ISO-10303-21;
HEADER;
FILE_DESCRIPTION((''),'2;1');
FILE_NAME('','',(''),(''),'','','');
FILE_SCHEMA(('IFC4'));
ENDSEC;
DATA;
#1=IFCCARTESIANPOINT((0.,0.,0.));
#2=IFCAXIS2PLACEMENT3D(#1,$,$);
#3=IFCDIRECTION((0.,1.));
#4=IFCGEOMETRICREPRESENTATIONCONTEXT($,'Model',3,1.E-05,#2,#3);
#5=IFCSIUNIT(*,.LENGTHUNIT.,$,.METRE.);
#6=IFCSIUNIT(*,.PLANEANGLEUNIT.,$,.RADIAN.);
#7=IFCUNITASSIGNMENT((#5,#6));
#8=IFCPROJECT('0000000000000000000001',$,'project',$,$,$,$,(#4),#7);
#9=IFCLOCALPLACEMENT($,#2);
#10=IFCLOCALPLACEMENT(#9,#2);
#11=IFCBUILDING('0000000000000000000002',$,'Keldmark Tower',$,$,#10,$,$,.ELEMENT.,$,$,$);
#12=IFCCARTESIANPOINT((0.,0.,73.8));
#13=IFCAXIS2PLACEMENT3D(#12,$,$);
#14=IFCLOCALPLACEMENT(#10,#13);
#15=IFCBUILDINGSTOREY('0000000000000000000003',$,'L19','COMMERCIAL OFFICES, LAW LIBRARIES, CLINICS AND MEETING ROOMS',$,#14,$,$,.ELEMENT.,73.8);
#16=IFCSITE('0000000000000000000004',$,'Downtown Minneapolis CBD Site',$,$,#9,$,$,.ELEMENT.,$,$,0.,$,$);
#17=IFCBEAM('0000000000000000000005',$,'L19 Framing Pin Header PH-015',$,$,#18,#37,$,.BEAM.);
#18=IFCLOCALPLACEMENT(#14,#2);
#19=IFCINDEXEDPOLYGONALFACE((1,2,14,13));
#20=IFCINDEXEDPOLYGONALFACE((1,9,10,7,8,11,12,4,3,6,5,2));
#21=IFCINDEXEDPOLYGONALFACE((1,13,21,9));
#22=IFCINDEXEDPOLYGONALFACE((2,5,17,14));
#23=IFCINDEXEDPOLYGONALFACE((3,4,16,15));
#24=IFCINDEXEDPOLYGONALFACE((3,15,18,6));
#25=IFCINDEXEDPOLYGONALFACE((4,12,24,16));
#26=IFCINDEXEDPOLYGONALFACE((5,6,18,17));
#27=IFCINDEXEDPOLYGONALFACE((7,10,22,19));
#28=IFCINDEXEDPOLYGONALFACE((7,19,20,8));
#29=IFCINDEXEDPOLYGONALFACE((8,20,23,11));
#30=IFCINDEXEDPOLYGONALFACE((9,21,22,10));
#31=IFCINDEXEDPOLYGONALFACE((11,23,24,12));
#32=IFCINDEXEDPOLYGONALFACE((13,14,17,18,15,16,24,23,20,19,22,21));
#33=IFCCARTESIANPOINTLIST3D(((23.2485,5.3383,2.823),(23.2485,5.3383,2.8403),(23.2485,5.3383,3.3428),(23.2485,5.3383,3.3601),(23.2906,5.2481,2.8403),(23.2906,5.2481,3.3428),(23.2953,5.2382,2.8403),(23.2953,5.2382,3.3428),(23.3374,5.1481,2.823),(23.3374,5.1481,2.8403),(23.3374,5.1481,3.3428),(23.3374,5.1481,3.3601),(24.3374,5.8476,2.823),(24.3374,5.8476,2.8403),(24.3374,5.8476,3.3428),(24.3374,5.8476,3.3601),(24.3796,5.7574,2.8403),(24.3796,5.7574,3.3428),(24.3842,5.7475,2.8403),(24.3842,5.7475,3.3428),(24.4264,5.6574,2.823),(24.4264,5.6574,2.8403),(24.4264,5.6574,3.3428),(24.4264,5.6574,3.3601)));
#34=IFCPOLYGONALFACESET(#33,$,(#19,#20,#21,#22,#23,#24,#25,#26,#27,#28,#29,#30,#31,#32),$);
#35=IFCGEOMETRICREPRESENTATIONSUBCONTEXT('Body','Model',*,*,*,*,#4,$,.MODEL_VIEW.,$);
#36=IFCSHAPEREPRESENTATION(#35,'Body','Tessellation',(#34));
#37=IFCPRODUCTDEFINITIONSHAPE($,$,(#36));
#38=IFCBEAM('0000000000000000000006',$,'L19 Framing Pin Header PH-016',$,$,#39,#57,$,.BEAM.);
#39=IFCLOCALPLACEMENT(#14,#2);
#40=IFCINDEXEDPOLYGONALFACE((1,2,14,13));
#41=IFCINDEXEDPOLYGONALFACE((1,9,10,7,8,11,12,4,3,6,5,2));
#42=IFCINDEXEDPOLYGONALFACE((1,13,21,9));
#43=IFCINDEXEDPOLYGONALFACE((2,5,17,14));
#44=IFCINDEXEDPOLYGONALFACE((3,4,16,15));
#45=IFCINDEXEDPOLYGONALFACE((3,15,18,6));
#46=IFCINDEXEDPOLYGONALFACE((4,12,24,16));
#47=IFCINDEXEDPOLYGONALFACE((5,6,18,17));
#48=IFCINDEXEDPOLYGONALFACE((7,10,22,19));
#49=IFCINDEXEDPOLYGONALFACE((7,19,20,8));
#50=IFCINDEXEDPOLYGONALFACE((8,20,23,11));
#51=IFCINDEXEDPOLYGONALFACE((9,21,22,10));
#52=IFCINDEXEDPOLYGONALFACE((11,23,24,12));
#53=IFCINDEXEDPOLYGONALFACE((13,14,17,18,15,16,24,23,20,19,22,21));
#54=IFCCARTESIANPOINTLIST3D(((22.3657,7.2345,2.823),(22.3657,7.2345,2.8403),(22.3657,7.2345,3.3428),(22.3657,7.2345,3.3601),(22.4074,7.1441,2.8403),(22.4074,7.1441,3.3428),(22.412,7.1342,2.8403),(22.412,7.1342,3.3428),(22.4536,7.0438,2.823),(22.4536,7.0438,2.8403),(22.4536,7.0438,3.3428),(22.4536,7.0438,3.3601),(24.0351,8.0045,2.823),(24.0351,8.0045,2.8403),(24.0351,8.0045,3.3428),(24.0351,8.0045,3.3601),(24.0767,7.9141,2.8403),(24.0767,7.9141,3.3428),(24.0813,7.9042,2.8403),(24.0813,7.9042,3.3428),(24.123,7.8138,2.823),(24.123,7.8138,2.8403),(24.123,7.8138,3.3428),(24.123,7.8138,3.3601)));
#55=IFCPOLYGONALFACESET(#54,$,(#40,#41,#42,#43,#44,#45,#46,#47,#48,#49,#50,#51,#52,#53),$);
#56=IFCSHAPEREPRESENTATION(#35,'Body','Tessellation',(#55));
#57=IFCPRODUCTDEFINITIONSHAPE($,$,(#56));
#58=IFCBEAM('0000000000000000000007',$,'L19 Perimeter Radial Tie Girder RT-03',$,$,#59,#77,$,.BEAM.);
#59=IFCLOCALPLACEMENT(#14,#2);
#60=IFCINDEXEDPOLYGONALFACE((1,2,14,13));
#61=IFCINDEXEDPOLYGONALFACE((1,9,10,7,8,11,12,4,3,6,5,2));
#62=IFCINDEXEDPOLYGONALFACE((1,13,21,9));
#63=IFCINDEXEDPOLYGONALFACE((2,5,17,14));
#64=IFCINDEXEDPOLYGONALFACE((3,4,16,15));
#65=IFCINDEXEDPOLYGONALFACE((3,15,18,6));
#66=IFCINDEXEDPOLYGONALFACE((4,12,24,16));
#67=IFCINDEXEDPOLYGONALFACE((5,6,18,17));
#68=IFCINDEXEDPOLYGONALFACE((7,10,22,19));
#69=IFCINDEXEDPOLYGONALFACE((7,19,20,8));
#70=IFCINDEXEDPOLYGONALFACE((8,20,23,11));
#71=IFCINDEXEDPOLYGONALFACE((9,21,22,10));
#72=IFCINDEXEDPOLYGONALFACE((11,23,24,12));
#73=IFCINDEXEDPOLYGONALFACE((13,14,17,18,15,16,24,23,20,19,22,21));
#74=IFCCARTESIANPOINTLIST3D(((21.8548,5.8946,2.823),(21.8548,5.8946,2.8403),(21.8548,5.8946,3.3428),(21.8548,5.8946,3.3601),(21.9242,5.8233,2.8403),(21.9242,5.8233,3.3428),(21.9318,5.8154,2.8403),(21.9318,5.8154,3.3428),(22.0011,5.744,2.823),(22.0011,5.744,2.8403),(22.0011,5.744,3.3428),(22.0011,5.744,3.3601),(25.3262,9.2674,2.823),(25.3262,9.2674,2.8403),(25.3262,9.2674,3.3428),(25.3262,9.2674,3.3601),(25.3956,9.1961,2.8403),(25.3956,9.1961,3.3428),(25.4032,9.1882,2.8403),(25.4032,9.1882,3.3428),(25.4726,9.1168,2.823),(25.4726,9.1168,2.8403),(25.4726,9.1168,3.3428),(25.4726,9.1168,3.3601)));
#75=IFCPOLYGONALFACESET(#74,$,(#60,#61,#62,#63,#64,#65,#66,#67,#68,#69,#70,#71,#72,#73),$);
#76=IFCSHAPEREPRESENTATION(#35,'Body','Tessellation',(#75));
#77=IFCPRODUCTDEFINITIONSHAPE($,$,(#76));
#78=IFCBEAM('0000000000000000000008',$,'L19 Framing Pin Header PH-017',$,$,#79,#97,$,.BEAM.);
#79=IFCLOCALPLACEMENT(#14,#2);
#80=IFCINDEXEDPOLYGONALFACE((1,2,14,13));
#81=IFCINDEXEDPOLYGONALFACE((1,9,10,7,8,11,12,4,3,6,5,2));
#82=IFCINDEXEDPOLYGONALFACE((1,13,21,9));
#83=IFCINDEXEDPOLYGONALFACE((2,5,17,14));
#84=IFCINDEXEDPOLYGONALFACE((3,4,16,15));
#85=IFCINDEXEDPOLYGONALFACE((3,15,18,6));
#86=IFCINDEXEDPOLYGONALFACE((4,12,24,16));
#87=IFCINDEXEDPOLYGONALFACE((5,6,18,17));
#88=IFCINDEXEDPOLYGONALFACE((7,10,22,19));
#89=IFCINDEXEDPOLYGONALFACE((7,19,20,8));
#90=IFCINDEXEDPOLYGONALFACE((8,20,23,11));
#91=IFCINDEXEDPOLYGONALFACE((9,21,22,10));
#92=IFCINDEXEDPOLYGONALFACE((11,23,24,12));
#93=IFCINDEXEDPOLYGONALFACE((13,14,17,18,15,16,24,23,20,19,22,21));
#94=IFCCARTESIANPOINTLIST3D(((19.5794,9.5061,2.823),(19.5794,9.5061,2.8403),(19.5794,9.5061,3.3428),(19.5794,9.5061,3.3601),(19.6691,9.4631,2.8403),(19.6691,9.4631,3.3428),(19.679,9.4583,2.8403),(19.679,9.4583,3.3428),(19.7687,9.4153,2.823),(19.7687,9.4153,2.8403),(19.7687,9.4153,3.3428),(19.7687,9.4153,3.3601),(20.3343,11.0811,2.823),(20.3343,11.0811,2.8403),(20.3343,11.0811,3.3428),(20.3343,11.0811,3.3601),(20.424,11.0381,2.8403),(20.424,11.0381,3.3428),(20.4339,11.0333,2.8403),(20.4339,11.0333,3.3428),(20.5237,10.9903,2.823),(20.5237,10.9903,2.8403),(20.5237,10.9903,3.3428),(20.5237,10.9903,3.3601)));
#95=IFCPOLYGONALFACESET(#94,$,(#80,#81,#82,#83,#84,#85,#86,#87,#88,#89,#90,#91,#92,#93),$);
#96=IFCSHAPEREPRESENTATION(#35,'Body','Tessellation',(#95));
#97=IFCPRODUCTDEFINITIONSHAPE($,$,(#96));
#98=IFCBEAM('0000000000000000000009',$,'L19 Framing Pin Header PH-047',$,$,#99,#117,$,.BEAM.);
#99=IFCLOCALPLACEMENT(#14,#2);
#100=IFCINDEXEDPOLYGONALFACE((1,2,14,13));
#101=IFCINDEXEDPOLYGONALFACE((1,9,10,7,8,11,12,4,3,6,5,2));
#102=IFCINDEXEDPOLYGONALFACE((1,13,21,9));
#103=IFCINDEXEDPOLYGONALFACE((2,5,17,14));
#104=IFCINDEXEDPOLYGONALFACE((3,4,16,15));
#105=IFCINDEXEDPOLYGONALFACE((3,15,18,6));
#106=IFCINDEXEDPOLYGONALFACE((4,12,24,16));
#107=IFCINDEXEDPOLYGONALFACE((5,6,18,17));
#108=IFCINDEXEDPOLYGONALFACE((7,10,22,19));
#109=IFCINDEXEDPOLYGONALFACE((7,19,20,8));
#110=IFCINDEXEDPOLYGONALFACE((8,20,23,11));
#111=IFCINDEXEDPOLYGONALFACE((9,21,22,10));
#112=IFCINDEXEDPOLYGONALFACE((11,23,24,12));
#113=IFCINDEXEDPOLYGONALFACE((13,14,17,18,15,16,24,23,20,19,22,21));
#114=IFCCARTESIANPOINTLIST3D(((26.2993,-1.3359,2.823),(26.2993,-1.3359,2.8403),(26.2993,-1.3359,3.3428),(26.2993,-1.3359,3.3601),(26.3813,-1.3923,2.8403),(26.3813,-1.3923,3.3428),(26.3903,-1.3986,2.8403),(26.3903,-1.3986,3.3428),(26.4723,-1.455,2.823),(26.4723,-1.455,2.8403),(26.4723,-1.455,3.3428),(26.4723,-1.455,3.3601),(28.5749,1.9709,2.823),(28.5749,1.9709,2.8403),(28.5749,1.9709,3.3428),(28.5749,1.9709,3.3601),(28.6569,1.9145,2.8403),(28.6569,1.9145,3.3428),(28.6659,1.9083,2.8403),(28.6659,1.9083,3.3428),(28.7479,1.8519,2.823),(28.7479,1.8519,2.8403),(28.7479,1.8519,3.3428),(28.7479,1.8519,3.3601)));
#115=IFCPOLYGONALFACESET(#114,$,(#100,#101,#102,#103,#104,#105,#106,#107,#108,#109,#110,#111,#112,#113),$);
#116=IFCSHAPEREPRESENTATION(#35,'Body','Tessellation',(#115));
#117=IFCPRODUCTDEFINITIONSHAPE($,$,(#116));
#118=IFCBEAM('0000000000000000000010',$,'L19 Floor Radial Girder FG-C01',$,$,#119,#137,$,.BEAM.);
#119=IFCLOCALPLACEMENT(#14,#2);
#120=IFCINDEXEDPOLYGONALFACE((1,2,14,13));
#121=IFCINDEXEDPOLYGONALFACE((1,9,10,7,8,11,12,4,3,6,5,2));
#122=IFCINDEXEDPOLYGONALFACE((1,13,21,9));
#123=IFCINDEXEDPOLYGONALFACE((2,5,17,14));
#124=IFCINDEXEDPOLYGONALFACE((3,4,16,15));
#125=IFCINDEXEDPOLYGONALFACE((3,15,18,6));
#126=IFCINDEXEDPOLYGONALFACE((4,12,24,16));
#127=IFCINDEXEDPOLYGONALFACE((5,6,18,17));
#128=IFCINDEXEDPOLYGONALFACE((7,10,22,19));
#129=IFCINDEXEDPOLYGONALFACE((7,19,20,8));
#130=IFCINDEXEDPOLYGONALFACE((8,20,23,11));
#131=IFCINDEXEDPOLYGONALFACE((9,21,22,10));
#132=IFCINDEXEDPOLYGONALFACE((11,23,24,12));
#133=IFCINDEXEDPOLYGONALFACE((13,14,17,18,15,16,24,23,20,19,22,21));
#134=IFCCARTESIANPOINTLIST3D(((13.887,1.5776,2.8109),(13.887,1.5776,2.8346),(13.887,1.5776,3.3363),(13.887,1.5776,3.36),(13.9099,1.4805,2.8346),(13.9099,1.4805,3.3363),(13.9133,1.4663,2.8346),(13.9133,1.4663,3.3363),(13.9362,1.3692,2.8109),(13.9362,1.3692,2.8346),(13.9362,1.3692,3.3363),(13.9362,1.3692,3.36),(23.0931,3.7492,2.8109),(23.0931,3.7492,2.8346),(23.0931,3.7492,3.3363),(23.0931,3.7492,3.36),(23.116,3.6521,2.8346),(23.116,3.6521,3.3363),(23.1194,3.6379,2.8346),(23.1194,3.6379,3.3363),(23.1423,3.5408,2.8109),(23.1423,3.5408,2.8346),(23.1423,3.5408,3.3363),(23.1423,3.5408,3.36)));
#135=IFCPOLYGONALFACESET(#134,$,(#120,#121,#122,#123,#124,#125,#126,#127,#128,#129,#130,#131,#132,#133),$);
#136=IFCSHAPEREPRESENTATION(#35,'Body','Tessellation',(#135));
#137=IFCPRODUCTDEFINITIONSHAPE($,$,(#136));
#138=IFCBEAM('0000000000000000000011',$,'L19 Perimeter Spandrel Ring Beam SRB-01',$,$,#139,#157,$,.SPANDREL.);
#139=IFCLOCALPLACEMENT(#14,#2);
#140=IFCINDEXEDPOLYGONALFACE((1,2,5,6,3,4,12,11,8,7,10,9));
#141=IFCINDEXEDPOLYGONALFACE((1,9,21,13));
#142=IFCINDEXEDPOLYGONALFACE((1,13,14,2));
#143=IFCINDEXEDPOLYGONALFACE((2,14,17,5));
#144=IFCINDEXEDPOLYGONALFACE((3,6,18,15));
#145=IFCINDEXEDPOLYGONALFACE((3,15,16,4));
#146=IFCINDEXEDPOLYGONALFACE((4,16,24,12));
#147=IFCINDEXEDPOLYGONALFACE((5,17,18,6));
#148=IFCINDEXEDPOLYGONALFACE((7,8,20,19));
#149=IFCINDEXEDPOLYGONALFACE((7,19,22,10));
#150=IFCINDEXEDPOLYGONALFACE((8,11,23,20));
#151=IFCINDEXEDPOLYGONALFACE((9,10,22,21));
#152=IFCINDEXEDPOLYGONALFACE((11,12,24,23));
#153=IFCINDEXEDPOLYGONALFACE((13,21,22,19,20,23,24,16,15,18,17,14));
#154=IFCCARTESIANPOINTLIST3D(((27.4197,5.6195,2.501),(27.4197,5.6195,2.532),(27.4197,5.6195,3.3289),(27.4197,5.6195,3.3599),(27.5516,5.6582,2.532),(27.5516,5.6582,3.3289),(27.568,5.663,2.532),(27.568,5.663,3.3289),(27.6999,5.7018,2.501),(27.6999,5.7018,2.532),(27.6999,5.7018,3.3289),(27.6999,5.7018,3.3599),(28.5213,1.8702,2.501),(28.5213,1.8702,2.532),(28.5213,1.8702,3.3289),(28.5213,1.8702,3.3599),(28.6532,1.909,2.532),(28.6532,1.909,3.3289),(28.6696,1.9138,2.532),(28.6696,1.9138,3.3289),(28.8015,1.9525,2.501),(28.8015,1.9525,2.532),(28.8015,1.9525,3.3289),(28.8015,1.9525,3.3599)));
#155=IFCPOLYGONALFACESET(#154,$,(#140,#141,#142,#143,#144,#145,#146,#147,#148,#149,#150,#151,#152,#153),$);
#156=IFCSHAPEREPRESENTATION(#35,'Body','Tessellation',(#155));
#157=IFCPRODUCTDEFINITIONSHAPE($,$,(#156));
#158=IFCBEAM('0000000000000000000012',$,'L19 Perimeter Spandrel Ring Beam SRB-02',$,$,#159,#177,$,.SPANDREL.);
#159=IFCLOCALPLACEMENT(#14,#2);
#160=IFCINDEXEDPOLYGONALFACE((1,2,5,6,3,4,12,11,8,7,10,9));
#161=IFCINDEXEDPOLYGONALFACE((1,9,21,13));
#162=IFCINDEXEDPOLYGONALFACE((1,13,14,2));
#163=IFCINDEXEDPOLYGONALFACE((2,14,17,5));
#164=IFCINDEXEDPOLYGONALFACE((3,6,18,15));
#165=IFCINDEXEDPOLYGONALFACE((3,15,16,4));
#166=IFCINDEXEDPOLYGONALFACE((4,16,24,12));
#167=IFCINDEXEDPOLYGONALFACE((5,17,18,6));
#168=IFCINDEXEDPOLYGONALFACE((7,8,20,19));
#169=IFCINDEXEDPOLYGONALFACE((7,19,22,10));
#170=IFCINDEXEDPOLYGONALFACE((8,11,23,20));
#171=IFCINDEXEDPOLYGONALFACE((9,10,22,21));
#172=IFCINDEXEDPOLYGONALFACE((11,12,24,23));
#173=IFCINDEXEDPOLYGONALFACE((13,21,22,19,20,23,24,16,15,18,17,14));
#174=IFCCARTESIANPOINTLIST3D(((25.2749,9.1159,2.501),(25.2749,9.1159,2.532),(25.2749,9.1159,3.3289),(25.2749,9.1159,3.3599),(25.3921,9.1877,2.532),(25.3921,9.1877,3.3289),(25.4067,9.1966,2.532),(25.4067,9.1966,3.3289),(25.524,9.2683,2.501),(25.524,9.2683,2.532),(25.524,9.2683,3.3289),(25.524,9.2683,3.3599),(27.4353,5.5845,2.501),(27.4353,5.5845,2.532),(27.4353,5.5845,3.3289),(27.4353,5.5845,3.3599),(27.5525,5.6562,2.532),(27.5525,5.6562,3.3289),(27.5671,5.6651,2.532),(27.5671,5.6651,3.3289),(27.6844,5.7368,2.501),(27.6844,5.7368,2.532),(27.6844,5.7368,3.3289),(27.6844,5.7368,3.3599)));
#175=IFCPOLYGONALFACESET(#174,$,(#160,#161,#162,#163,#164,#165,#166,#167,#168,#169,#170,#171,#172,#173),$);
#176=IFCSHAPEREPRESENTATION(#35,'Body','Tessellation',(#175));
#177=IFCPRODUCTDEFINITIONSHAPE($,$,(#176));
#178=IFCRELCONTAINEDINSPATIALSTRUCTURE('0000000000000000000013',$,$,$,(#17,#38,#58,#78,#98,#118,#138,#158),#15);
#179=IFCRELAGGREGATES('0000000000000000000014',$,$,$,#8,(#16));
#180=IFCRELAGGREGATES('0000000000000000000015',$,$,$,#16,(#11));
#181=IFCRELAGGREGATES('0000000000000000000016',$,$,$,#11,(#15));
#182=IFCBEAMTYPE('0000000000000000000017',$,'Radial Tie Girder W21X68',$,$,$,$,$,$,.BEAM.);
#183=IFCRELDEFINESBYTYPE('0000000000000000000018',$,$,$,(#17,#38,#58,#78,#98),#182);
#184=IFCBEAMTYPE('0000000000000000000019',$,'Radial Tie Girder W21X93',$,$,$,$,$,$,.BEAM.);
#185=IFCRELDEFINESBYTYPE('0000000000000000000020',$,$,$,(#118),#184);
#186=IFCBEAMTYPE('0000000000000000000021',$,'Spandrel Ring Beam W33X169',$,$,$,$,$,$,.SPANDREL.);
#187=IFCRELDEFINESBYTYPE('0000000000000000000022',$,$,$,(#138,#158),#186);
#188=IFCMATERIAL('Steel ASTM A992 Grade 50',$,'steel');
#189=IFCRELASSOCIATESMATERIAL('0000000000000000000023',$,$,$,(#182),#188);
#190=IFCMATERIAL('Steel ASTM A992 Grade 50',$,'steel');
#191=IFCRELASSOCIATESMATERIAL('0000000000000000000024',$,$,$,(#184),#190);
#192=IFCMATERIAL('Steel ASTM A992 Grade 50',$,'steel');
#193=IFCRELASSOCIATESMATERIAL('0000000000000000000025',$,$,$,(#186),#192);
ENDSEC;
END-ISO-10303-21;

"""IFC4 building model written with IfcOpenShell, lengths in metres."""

from ifc_helpers import new_model, si_unit, direction, frame, origin, origin_2d, place, context, subcontext, project, spatial, i_section, extrude, material, material_profile, profile_set, type_object, element, save


model = new_model("IFC4")

# Units and contexts
model_context = context("Model", 3, precision=1e-05, world=origin(), true_north=direction((0.0, 1.0)))
body_context = subcontext(model_context, "Body", "Model", "MODEL_VIEW")
ifc_project = project(units=[si_unit("LENGTHUNIT", "METRE"), si_unit("PLANEANGLEUNIT", "RADIAN")], contexts=[model_context])

# Site, building, storey
site_placement = place(None, origin())
site = spatial("IfcSite", under=ifc_project, at=site_placement, Name="Downtown Minneapolis CBD Site", CompositionType="ELEMENT", RefElevation=0.0)
building_placement = place(site_placement, origin())
building = spatial("IfcBuilding", under=site, at=building_placement, Name="Keldmark Tower", CompositionType="ELEMENT")
storey_placement = place(building_placement, frame((0.0, 0.0, 73.8)))
storey = spatial("IfcBuildingStorey", under=building, at=storey_placement, Name="L19", Description="COMMERCIAL OFFICES, LAW LIBRARIES, CLINICS AND MEETING ROOMS", CompositionType="ELEMENT", Elevation=73.8)

# Beams
ifc_material_1 = material(Name="Steel ASTM A992 Grade 50", Category="steel")
ifc_material_profile_1 = material_profile(ifc_material_1, i_section(OverallWidth=0.21, OverallDepth=0.5371, WebThickness=0.011, FlangeThickness=0.0173, at=origin_2d()), Name="W21X68")
ifc_profile_set_1 = profile_set([ifc_material_profile_1], Name="Steel ASTM A992 Grade 50")
beam_type_1 = type_object("IfcBeamType", Name="Radial Tie Girder W21X68", PredefinedType="BEAM", material=ifc_profile_set_1)
beam_1_placement = place(storey_placement, frame((23.293, 5.2432, 3.0916), z_axis=(0.90582, 0.423664, 0.0), x_axis=(-0.423664, 0.90582, 0.0)))
element("IfcBeam", 1, at=beam_1_placement, inside=storey, type_object=beam_type_1, Name="L19 Framing Pin Header PH-015", PredefinedType="BEAM", context=body_context, shape_type="SweptSolid", body=[
    extrude(i_section(OverallWidth=0.21, OverallDepth=0.5371, WebThickness=0.011, FlangeThickness=0.0173, at=origin_2d()), origin(), (0.0, 0.0, 1.0), 1.2021),
])
beam_2_placement = place(storey_placement, frame((22.4097, 7.1392, 3.0916), z_axis=(0.90806, 0.418839, 0.0), x_axis=(-0.418839, 0.90806, 0.0)))
element("IfcBeam", 2, at=beam_2_placement, inside=storey, type_object=beam_type_1, Name="L19 Framing Pin Header PH-016", PredefinedType="BEAM", context=body_context, shape_type="SweptSolid", body=[
    extrude(i_section(OverallWidth=0.21, OverallDepth=0.5371, WebThickness=0.011, FlangeThickness=0.0173, at=origin_2d()), origin(), (0.0, 0.0, 1.0), 1.8384),
])
beam_3_placement = place(storey_placement, frame((21.928, 5.8193, 3.0916), z_axis=(0.717222, 0.696844, 0.0), x_axis=(-0.696844, 0.717222, 0.0)))
element("IfcBeam", 3, at=beam_3_placement, inside=storey, type_object=beam_type_1, Name="L19 Perimeter Radial Tie Girder RT-03", PredefinedType="BEAM", context=body_context, shape_type="SweptSolid", body=[
    extrude(i_section(OverallWidth=0.21, OverallDepth=0.5371, WebThickness=0.011, FlangeThickness=0.0173, at=origin_2d()), origin(), (0.0, 0.0, 1.0), 4.8401),
])
beam_4_placement = place(storey_placement, frame((19.6741, 9.4607, 3.0916), z_axis=(0.432222, 0.901767, 0.0), x_axis=(-0.901767, 0.432222, 0.0)))
element("IfcBeam", 4, at=beam_4_placement, inside=storey, type_object=beam_type_1, Name="L19 Framing Pin Header PH-017", PredefinedType="BEAM", context=body_context, shape_type="SweptSolid", body=[
    extrude(i_section(OverallWidth=0.21, OverallDepth=0.5371, WebThickness=0.011, FlangeThickness=0.0173, at=origin_2d()), origin(), (0.0, 0.0, 1.0), 1.7466),
])
beam_5_placement = place(storey_placement, frame((28.6614, 1.9114, 3.0916), z_axis=(-0.566893, -0.823792, 0.0), x_axis=(0.823792, -0.566893, 0.0)))
element("IfcBeam", 5, at=beam_5_placement, inside=storey, type_object=beam_type_1, Name="L19 Framing Pin Header PH-047", PredefinedType="BEAM", context=body_context, shape_type="SweptSolid", body=[
    extrude(i_section(OverallWidth=0.21, OverallDepth=0.5371, WebThickness=0.011, FlangeThickness=0.0173, at=origin_2d()), origin(), (0.0, 0.0, 1.0), 4.0142),
])
ifc_material_2 = material(Name="Steel ASTM A992 Grade 50", Category="steel")
ifc_material_profile_2 = material_profile(ifc_material_2, i_section(OverallWidth=0.2141, OverallDepth=0.5491, WebThickness=0.0146, FlangeThickness=0.0237, at=origin_2d()), Name="W21X93")
ifc_profile_set_2 = profile_set([ifc_material_profile_2], Name="Steel ASTM A992 Grade 50")
beam_type_2 = type_object("IfcBeamType", Name="Radial Tie Girder W21X93", PredefinedType="BEAM", material=ifc_profile_set_2)
beam_6_placement = place(storey_placement, frame((23.1177, 3.645, 3.0854), z_axis=(-0.973287, -0.22959, 0.0), x_axis=(0.22959, -0.973287, 0.0)))
element("IfcBeam", 6, at=beam_6_placement, inside=storey, type_object=beam_type_2, Name="L19 Floor Radial Girder FG-C01", PredefinedType="BEAM", context=body_context, shape_type="SweptSolid", body=[
    extrude(i_section(OverallWidth=0.2141, OverallDepth=0.5491, WebThickness=0.0146, FlangeThickness=0.0237, at=origin_2d()), origin(), (0.0, 0.0, 1.0), 9.4587),
])
ifc_material_3 = material(Name="Steel ASTM A992 Grade 50", Category="steel")
ifc_material_profile_3 = material_profile(ifc_material_3, i_section(OverallWidth=0.292, OverallDepth=0.8589, WebThickness=0.0171, FlangeThickness=0.031, at=origin_2d()), Name="W33X169")
ifc_profile_set_3 = profile_set([ifc_material_profile_3], Name="Steel ASTM A992 Grade 50")
beam_type_3 = type_object("IfcBeamType", Name="Spandrel Ring Beam W33X169", PredefinedType="SPANDREL", material=ifc_profile_set_3)
beam_7_placement = place(storey_placement, frame((28.6614, 1.9114, 2.9304), z_axis=(-0.281892, 0.959446, 0.0), x_axis=(-0.959446, -0.281892, 0.0)))
element("IfcBeam", 7, at=beam_7_placement, inside=storey, type_object=beam_type_3, Name="L19 Perimeter Spandrel Ring Beam SRB-01", PredefinedType="SPANDREL", context=body_context, shape_type="SweptSolid", body=[
    extrude(i_section(OverallWidth=0.292, OverallDepth=0.8589, WebThickness=0.0171, FlangeThickness=0.031, at=origin_2d()), origin(), (0.0, 0.0, 1.0), 3.9077),
])
beam_8_placement = place(storey_placement, frame((27.5598, 5.6606, 2.9304), z_axis=(-0.521848, 0.853038, 0.0), x_axis=(-0.853038, -0.521848, 0.0)))
element("IfcBeam", 8, at=beam_8_placement, inside=storey, type_object=beam_type_3, Name="L19 Perimeter Spandrel Ring Beam SRB-02", PredefinedType="SPANDREL", context=body_context, shape_type="SweptSolid", body=[
    extrude(i_section(OverallWidth=0.292, OverallDepth=0.8589, WebThickness=0.0171, FlangeThickness=0.031, at=origin_2d()), origin(), (0.0, 0.0, 1.0), 4.1399),
])

save(model, "model.ifc")
